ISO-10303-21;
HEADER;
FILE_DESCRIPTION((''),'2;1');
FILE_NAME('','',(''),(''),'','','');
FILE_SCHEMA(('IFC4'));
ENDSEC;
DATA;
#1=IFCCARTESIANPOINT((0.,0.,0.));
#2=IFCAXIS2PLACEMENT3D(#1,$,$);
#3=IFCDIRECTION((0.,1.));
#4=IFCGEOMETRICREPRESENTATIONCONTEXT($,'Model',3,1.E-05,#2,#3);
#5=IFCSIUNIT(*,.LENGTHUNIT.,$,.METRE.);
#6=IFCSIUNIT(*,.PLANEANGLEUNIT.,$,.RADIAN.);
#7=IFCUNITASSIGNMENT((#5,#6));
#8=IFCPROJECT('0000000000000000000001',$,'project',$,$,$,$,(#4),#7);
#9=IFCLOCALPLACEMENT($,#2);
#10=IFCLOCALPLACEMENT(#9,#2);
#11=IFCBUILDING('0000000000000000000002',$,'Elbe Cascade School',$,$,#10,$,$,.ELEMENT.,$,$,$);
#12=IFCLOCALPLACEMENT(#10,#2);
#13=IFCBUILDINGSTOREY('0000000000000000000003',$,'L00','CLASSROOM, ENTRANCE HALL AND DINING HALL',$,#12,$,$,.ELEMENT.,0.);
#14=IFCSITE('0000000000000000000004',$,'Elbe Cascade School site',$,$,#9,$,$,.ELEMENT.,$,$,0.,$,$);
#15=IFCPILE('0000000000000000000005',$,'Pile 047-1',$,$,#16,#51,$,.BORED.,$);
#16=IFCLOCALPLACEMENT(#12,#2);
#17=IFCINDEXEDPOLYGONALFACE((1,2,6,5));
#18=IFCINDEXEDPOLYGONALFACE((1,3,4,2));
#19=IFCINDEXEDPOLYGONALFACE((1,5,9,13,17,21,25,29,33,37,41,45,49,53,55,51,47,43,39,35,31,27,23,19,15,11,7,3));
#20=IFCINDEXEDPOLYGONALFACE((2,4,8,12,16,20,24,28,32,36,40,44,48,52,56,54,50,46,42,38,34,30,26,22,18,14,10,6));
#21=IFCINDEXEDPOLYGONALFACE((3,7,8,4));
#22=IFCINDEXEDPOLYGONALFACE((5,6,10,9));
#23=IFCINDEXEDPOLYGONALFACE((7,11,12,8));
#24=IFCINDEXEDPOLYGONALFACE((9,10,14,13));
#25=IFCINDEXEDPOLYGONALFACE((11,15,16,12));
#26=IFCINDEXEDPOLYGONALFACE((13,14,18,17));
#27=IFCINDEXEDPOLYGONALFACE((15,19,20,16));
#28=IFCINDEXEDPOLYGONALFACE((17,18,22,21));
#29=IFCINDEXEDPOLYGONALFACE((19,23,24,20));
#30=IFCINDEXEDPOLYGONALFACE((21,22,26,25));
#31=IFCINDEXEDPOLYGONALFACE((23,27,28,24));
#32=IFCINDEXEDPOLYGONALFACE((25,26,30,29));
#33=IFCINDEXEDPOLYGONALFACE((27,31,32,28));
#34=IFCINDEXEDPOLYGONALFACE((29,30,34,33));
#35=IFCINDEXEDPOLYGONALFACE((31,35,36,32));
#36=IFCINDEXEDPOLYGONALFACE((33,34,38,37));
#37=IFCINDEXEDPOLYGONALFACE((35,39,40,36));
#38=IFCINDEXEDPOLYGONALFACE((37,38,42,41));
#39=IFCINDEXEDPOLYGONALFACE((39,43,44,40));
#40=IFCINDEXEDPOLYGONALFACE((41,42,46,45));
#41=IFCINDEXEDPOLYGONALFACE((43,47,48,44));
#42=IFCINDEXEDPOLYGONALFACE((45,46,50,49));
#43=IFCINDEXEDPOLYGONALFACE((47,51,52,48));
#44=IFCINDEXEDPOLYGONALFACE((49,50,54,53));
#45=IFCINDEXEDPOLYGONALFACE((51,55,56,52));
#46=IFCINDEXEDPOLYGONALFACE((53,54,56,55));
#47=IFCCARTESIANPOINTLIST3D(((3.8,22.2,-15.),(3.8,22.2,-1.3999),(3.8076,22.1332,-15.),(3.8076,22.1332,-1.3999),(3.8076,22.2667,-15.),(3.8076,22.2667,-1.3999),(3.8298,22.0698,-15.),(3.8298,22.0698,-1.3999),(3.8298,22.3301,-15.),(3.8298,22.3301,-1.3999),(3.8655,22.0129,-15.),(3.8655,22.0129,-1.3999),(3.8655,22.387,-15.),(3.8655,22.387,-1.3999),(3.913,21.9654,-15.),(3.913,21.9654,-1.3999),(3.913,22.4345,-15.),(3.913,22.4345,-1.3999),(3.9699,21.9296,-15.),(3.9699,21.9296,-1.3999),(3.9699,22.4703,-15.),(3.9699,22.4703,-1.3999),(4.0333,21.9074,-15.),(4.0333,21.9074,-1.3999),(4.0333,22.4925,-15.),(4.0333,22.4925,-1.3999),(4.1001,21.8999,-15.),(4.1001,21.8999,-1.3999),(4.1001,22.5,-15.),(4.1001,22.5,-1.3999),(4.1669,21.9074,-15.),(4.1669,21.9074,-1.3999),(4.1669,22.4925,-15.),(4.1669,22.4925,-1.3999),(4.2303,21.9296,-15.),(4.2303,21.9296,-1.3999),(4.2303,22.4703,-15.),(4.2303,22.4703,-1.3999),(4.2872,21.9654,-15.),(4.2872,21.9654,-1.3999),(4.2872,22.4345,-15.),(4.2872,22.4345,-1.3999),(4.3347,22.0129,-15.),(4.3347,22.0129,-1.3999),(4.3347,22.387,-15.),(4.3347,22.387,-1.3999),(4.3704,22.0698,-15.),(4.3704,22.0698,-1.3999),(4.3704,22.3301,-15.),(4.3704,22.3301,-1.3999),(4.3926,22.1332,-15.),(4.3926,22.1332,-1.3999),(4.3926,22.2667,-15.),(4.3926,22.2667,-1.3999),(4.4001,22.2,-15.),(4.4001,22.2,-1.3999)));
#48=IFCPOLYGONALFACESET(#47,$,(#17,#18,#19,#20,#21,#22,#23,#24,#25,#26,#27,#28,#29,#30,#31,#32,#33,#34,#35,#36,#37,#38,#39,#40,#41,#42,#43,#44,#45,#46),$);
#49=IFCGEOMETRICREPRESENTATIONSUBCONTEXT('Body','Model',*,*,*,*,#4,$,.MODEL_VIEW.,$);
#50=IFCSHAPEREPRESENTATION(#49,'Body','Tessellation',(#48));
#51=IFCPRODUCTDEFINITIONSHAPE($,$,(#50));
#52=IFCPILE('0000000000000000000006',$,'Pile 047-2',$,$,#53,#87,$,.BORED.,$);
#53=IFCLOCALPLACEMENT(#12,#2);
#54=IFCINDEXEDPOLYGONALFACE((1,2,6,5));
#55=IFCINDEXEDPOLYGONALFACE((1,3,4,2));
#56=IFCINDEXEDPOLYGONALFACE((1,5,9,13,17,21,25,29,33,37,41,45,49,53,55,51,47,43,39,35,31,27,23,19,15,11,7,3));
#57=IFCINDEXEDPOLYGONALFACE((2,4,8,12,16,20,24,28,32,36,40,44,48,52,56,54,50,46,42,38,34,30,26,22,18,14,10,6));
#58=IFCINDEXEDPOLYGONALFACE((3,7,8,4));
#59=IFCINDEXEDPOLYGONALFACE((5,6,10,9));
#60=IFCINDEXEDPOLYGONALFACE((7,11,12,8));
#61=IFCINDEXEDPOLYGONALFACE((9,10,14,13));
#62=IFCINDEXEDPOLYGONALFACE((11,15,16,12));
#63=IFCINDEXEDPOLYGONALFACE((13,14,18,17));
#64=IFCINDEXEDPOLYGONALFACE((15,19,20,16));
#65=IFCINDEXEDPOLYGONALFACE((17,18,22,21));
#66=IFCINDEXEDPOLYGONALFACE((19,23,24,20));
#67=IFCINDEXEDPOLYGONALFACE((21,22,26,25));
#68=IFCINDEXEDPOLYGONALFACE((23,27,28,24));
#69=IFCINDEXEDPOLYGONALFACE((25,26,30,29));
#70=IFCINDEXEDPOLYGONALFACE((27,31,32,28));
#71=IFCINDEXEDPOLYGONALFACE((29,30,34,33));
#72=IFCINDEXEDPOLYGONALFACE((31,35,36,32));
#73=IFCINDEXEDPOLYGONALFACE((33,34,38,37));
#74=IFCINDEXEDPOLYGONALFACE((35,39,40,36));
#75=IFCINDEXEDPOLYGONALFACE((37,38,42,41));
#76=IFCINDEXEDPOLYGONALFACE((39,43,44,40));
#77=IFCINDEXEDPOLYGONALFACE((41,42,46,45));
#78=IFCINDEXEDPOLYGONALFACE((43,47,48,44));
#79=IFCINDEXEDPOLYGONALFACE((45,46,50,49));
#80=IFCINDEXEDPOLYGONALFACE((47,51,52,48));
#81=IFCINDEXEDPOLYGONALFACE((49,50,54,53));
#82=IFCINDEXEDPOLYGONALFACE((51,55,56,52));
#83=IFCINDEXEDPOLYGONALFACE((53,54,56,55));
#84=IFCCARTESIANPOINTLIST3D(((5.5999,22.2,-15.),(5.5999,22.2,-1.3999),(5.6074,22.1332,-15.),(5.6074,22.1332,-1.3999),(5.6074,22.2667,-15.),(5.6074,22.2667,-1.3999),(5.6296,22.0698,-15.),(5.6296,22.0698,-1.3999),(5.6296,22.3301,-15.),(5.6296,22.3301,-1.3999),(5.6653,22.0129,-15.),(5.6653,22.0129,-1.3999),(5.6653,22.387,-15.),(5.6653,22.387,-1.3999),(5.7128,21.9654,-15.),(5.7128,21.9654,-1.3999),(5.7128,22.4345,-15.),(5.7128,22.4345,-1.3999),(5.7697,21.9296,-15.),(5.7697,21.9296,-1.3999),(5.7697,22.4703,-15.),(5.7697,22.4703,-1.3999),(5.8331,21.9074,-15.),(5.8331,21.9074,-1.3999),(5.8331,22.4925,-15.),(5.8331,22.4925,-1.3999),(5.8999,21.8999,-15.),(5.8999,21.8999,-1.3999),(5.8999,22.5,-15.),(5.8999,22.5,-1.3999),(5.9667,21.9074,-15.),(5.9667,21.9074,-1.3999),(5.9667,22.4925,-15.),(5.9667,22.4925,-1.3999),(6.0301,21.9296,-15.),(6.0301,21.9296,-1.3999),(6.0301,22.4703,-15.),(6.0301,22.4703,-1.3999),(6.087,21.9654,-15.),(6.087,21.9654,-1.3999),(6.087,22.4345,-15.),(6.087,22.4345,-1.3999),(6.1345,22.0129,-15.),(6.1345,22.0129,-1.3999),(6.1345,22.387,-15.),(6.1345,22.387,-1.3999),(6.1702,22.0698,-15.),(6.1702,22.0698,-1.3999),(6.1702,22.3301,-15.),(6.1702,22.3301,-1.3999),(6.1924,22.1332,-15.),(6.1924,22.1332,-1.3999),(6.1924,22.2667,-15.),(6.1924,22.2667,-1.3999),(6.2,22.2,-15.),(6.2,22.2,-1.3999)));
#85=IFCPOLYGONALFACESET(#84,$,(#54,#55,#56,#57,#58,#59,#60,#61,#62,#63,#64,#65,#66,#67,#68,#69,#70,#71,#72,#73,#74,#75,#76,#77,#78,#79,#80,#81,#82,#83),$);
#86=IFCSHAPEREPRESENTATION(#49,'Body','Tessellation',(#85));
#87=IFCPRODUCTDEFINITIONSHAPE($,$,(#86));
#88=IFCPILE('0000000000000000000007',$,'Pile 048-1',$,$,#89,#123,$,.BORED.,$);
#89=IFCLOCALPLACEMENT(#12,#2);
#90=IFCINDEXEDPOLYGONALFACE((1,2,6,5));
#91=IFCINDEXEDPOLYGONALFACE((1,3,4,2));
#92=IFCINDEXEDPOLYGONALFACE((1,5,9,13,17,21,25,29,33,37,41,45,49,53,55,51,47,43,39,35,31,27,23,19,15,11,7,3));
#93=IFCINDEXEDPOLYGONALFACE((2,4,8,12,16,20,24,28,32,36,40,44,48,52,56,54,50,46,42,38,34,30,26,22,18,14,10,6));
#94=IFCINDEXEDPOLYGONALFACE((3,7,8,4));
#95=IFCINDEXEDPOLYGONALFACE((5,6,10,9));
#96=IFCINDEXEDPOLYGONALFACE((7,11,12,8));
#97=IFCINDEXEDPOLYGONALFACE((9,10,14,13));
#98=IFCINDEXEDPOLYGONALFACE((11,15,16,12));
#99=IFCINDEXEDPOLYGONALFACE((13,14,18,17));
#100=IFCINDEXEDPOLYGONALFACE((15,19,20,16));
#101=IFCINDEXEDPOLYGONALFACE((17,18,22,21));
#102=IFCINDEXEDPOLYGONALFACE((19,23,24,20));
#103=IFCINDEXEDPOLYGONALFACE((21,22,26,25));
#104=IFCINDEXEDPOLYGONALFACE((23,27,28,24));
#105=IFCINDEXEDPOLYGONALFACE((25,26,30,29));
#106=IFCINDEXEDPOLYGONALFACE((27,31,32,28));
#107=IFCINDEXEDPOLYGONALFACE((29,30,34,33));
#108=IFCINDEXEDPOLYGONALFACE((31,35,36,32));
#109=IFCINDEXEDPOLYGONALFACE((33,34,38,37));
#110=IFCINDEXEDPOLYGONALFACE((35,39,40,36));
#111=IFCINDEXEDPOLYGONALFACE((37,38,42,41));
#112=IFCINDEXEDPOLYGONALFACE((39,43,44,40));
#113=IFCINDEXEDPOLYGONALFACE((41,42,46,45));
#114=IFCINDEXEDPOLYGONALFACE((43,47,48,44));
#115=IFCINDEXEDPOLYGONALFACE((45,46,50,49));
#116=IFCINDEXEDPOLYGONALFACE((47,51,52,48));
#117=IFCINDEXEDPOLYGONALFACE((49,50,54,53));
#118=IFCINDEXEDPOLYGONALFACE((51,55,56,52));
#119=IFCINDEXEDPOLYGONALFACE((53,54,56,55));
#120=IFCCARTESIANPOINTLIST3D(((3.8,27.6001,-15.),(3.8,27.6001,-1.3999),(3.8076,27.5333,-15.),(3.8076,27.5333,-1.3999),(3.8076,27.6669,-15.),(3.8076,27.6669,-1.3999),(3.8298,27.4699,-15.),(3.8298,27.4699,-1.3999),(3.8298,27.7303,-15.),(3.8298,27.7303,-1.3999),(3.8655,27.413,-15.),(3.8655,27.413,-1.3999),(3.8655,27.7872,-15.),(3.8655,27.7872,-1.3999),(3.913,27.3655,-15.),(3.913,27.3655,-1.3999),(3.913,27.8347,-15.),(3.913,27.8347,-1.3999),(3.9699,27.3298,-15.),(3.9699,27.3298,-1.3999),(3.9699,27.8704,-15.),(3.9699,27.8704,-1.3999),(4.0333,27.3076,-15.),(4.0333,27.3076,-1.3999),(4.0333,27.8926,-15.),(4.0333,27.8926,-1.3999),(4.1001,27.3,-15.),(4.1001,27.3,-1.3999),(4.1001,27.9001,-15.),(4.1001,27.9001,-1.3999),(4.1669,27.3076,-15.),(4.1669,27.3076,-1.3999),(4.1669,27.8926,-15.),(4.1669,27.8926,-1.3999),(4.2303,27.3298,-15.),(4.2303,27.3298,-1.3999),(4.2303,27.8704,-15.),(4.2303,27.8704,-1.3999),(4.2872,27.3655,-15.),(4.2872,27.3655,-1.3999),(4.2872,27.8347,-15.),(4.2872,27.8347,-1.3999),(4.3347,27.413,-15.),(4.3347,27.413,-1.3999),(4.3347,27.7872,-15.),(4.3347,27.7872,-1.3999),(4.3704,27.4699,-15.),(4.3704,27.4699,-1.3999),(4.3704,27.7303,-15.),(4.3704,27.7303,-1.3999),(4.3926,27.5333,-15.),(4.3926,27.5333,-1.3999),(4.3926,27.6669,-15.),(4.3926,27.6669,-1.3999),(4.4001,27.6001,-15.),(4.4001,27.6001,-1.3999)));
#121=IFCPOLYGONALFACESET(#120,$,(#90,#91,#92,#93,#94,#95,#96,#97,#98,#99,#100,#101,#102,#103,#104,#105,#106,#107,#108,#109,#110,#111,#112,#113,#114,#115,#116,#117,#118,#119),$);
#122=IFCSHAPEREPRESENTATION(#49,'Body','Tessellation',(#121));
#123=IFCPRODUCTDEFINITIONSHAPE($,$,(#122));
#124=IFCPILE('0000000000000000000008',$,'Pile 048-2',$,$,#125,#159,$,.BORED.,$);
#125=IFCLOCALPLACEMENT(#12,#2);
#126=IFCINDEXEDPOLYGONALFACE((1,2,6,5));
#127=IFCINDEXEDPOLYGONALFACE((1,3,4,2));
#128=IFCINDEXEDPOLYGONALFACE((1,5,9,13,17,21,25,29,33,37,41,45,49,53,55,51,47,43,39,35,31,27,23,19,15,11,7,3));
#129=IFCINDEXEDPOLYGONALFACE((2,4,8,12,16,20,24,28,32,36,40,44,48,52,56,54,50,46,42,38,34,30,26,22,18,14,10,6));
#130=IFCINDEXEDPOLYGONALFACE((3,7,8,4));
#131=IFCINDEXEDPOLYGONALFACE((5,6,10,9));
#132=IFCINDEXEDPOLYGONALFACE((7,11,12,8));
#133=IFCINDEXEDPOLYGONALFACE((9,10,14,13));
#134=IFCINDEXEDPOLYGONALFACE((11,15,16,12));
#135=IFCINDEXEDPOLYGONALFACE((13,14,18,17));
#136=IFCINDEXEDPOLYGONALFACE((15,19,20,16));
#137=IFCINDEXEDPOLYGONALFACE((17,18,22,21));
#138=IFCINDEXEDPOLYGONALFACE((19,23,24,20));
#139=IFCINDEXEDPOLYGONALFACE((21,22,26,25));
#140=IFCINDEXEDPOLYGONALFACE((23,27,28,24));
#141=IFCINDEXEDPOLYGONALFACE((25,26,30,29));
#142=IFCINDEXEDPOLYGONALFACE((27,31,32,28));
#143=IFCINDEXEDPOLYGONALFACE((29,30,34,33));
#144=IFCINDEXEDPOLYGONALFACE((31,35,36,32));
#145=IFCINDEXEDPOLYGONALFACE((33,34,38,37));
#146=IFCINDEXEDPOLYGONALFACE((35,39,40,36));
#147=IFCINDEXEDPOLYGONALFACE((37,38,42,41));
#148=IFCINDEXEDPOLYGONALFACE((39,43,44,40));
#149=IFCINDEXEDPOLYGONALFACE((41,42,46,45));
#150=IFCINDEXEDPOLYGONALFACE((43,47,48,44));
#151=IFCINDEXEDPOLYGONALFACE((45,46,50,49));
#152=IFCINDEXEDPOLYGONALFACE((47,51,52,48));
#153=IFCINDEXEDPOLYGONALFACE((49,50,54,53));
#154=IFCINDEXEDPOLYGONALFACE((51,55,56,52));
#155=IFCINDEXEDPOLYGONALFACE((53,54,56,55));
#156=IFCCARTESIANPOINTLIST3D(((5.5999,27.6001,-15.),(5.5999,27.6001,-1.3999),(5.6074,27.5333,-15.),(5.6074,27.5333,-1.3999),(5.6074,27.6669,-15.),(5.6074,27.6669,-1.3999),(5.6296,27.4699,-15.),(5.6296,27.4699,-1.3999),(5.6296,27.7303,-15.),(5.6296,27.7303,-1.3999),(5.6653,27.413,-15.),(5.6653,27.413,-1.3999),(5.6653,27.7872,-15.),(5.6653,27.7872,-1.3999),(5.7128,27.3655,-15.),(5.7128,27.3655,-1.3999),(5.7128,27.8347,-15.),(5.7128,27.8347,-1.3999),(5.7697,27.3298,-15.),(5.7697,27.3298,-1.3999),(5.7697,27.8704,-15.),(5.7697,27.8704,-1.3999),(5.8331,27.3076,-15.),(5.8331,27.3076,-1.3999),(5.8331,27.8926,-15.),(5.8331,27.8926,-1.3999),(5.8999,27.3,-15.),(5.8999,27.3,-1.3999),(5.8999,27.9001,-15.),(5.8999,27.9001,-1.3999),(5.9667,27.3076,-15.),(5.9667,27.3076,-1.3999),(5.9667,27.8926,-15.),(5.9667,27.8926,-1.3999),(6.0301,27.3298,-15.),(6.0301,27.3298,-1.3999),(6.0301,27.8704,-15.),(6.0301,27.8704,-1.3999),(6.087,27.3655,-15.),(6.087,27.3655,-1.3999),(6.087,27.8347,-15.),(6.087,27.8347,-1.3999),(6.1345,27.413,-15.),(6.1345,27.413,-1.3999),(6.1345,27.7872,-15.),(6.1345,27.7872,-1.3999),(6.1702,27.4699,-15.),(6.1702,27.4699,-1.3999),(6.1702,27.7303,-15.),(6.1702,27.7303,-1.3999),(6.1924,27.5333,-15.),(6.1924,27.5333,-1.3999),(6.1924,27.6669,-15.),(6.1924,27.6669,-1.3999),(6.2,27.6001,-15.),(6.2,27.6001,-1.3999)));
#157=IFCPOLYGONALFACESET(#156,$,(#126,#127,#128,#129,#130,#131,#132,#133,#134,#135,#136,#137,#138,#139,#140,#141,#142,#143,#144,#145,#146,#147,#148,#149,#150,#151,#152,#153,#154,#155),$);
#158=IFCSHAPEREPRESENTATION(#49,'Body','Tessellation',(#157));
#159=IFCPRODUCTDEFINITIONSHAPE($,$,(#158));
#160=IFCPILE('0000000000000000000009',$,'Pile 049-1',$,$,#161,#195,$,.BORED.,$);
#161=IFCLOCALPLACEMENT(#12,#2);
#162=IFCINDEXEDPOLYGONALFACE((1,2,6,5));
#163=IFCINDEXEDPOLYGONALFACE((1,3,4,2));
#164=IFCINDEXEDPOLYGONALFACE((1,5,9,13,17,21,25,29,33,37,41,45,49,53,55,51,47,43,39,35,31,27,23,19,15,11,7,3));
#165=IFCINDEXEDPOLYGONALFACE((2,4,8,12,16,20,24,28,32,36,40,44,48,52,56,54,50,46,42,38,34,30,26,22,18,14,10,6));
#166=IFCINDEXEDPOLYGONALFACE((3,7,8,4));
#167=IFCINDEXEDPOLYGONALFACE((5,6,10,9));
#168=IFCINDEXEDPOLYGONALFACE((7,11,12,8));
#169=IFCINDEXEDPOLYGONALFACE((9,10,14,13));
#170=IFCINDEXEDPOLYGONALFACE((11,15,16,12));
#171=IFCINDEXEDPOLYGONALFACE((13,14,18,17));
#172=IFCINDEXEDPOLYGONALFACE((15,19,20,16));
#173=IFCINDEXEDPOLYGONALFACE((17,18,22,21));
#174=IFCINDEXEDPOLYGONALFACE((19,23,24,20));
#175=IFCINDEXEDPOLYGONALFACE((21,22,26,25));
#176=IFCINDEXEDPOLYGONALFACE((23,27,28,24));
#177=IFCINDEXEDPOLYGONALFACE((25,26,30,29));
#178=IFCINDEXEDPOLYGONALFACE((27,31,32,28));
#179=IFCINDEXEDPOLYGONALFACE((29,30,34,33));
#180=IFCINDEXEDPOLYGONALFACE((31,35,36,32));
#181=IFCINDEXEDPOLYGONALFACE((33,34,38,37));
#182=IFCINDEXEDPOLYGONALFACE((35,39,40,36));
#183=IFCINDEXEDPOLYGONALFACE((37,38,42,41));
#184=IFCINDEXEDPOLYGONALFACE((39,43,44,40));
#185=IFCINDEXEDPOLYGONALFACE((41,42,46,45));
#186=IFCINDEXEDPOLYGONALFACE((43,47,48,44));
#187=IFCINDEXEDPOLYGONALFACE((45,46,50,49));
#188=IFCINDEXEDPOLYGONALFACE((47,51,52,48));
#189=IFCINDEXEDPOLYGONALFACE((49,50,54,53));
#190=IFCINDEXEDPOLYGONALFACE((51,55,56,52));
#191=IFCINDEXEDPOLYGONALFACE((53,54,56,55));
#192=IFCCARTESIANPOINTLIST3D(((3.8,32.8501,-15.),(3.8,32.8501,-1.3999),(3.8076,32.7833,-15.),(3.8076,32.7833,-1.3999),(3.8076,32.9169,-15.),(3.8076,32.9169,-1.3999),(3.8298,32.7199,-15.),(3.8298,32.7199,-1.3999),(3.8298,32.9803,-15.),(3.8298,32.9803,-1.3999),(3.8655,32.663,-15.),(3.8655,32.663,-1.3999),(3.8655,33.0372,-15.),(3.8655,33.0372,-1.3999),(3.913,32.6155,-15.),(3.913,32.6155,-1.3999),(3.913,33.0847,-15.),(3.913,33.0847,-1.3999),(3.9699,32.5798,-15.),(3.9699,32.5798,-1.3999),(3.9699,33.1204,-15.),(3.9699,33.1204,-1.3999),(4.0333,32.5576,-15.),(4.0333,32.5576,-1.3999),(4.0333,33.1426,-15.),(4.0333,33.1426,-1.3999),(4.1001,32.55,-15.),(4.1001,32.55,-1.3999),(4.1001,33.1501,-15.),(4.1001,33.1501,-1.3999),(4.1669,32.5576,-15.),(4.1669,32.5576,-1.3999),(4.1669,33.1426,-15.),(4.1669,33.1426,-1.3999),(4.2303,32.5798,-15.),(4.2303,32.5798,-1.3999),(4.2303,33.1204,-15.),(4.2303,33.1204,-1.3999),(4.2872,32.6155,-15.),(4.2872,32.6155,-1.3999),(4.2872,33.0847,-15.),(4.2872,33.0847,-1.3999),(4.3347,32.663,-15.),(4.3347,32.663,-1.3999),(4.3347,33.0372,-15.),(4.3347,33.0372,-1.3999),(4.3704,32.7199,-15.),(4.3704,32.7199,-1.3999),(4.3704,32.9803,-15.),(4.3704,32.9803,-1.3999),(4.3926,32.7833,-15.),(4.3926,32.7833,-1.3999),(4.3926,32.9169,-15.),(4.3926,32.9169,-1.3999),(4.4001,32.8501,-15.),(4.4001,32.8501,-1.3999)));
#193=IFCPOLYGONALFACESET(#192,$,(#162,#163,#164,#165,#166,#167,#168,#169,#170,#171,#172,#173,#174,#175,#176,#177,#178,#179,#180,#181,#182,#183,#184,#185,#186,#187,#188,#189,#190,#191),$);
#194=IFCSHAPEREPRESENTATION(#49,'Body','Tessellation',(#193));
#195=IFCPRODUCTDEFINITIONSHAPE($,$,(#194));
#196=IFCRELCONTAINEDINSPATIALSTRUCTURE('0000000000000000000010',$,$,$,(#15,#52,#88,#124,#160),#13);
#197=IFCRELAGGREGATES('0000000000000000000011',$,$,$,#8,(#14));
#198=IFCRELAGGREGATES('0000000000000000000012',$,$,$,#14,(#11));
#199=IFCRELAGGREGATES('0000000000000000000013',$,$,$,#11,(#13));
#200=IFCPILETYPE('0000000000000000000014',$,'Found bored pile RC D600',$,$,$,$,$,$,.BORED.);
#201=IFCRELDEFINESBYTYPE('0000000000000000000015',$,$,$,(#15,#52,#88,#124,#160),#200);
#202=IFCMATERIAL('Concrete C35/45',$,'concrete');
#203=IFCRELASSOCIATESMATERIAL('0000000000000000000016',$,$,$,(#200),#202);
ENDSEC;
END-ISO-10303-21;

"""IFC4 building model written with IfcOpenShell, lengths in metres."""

from ifc_helpers import new_model, si_unit, direction, frame, origin, origin_2d, place, context, subcontext, project, spatial, circle, extrude, material, material_profile, profile_set, type_object, element, save


model = new_model("IFC4")

# Units and contexts
model_context = context("Model", 3, precision=1e-05, world=origin(), true_north=direction((0.0, 1.0)))
body_context = subcontext(model_context, "Body", "Model", "MODEL_VIEW")
ifc_project = project(units=[si_unit("LENGTHUNIT", "METRE"), si_unit("PLANEANGLEUNIT", "RADIAN")], contexts=[model_context])

# Site, building, storey
site_placement = place(None, origin())
site = spatial("IfcSite", under=ifc_project, at=site_placement, Name="Elbe Cascade School site", CompositionType="ELEMENT", RefElevation=0.0)
building_placement = place(site_placement, origin())
building = spatial("IfcBuilding", under=site, at=building_placement, Name="Elbe Cascade School", CompositionType="ELEMENT")
storey_placement = place(building_placement, origin())
storey = spatial("IfcBuildingStorey", under=building, at=storey_placement, Name="L00", Description="CLASSROOM, ENTRANCE HALL AND DINING HALL", CompositionType="ELEMENT", Elevation=0.0)

# Piles
ifc_material_1 = material(Name="Concrete C35/45", Category="concrete")
ifc_material_profile_1 = material_profile(ifc_material_1, circle(Radius=0.3, at=origin_2d()), Name="RC D600")
ifc_profile_set_1 = profile_set([ifc_material_profile_1], Name="Concrete C35/45")
pile_type = type_object("IfcPileType", Name="Found bored pile RC D600", PredefinedType="BORED", material=ifc_profile_set_1)
for number, where, z_axis, x_axis, name in (
    (1, (4.1001, 22.2, -1.3999), (0.0, 0.0, -1.0), (1.0, 0.0, 0.0), "Pile 047-1"),
    (2, (5.8999, 22.2, -1.3999), (0.0, 0.0, -1.0), (1.0, 0.0, 0.0), "Pile 047-2"),
    (3, (4.1001, 27.6001, -1.3999), (0.0, 0.0, -1.0), (1.0, 0.0, 0.0), "Pile 048-1"),
    (4, (5.8999, 27.6001, -1.3999), (0.0, 0.0, -1.0), (1.0, 0.0, 0.0), "Pile 048-2"),
    (5, (4.1001, 32.8501, -1.3999), (0.0, 0.0, -1.0), (1.0, 0.0, 0.0), "Pile 049-1"),
):
    element("IfcPile", number, at=place(storey_placement, frame(where, z_axis=z_axis, x_axis=x_axis)), inside=storey, type_object=pile_type, Name=name, PredefinedType="BORED", context=body_context, shape_type="SweptSolid", body=[
        extrude(circle(Radius=0.3, at=origin_2d()), origin(), (0.0, 0.0, 1.0), 13.6001),
    ])

save(model, "model.ifc")
